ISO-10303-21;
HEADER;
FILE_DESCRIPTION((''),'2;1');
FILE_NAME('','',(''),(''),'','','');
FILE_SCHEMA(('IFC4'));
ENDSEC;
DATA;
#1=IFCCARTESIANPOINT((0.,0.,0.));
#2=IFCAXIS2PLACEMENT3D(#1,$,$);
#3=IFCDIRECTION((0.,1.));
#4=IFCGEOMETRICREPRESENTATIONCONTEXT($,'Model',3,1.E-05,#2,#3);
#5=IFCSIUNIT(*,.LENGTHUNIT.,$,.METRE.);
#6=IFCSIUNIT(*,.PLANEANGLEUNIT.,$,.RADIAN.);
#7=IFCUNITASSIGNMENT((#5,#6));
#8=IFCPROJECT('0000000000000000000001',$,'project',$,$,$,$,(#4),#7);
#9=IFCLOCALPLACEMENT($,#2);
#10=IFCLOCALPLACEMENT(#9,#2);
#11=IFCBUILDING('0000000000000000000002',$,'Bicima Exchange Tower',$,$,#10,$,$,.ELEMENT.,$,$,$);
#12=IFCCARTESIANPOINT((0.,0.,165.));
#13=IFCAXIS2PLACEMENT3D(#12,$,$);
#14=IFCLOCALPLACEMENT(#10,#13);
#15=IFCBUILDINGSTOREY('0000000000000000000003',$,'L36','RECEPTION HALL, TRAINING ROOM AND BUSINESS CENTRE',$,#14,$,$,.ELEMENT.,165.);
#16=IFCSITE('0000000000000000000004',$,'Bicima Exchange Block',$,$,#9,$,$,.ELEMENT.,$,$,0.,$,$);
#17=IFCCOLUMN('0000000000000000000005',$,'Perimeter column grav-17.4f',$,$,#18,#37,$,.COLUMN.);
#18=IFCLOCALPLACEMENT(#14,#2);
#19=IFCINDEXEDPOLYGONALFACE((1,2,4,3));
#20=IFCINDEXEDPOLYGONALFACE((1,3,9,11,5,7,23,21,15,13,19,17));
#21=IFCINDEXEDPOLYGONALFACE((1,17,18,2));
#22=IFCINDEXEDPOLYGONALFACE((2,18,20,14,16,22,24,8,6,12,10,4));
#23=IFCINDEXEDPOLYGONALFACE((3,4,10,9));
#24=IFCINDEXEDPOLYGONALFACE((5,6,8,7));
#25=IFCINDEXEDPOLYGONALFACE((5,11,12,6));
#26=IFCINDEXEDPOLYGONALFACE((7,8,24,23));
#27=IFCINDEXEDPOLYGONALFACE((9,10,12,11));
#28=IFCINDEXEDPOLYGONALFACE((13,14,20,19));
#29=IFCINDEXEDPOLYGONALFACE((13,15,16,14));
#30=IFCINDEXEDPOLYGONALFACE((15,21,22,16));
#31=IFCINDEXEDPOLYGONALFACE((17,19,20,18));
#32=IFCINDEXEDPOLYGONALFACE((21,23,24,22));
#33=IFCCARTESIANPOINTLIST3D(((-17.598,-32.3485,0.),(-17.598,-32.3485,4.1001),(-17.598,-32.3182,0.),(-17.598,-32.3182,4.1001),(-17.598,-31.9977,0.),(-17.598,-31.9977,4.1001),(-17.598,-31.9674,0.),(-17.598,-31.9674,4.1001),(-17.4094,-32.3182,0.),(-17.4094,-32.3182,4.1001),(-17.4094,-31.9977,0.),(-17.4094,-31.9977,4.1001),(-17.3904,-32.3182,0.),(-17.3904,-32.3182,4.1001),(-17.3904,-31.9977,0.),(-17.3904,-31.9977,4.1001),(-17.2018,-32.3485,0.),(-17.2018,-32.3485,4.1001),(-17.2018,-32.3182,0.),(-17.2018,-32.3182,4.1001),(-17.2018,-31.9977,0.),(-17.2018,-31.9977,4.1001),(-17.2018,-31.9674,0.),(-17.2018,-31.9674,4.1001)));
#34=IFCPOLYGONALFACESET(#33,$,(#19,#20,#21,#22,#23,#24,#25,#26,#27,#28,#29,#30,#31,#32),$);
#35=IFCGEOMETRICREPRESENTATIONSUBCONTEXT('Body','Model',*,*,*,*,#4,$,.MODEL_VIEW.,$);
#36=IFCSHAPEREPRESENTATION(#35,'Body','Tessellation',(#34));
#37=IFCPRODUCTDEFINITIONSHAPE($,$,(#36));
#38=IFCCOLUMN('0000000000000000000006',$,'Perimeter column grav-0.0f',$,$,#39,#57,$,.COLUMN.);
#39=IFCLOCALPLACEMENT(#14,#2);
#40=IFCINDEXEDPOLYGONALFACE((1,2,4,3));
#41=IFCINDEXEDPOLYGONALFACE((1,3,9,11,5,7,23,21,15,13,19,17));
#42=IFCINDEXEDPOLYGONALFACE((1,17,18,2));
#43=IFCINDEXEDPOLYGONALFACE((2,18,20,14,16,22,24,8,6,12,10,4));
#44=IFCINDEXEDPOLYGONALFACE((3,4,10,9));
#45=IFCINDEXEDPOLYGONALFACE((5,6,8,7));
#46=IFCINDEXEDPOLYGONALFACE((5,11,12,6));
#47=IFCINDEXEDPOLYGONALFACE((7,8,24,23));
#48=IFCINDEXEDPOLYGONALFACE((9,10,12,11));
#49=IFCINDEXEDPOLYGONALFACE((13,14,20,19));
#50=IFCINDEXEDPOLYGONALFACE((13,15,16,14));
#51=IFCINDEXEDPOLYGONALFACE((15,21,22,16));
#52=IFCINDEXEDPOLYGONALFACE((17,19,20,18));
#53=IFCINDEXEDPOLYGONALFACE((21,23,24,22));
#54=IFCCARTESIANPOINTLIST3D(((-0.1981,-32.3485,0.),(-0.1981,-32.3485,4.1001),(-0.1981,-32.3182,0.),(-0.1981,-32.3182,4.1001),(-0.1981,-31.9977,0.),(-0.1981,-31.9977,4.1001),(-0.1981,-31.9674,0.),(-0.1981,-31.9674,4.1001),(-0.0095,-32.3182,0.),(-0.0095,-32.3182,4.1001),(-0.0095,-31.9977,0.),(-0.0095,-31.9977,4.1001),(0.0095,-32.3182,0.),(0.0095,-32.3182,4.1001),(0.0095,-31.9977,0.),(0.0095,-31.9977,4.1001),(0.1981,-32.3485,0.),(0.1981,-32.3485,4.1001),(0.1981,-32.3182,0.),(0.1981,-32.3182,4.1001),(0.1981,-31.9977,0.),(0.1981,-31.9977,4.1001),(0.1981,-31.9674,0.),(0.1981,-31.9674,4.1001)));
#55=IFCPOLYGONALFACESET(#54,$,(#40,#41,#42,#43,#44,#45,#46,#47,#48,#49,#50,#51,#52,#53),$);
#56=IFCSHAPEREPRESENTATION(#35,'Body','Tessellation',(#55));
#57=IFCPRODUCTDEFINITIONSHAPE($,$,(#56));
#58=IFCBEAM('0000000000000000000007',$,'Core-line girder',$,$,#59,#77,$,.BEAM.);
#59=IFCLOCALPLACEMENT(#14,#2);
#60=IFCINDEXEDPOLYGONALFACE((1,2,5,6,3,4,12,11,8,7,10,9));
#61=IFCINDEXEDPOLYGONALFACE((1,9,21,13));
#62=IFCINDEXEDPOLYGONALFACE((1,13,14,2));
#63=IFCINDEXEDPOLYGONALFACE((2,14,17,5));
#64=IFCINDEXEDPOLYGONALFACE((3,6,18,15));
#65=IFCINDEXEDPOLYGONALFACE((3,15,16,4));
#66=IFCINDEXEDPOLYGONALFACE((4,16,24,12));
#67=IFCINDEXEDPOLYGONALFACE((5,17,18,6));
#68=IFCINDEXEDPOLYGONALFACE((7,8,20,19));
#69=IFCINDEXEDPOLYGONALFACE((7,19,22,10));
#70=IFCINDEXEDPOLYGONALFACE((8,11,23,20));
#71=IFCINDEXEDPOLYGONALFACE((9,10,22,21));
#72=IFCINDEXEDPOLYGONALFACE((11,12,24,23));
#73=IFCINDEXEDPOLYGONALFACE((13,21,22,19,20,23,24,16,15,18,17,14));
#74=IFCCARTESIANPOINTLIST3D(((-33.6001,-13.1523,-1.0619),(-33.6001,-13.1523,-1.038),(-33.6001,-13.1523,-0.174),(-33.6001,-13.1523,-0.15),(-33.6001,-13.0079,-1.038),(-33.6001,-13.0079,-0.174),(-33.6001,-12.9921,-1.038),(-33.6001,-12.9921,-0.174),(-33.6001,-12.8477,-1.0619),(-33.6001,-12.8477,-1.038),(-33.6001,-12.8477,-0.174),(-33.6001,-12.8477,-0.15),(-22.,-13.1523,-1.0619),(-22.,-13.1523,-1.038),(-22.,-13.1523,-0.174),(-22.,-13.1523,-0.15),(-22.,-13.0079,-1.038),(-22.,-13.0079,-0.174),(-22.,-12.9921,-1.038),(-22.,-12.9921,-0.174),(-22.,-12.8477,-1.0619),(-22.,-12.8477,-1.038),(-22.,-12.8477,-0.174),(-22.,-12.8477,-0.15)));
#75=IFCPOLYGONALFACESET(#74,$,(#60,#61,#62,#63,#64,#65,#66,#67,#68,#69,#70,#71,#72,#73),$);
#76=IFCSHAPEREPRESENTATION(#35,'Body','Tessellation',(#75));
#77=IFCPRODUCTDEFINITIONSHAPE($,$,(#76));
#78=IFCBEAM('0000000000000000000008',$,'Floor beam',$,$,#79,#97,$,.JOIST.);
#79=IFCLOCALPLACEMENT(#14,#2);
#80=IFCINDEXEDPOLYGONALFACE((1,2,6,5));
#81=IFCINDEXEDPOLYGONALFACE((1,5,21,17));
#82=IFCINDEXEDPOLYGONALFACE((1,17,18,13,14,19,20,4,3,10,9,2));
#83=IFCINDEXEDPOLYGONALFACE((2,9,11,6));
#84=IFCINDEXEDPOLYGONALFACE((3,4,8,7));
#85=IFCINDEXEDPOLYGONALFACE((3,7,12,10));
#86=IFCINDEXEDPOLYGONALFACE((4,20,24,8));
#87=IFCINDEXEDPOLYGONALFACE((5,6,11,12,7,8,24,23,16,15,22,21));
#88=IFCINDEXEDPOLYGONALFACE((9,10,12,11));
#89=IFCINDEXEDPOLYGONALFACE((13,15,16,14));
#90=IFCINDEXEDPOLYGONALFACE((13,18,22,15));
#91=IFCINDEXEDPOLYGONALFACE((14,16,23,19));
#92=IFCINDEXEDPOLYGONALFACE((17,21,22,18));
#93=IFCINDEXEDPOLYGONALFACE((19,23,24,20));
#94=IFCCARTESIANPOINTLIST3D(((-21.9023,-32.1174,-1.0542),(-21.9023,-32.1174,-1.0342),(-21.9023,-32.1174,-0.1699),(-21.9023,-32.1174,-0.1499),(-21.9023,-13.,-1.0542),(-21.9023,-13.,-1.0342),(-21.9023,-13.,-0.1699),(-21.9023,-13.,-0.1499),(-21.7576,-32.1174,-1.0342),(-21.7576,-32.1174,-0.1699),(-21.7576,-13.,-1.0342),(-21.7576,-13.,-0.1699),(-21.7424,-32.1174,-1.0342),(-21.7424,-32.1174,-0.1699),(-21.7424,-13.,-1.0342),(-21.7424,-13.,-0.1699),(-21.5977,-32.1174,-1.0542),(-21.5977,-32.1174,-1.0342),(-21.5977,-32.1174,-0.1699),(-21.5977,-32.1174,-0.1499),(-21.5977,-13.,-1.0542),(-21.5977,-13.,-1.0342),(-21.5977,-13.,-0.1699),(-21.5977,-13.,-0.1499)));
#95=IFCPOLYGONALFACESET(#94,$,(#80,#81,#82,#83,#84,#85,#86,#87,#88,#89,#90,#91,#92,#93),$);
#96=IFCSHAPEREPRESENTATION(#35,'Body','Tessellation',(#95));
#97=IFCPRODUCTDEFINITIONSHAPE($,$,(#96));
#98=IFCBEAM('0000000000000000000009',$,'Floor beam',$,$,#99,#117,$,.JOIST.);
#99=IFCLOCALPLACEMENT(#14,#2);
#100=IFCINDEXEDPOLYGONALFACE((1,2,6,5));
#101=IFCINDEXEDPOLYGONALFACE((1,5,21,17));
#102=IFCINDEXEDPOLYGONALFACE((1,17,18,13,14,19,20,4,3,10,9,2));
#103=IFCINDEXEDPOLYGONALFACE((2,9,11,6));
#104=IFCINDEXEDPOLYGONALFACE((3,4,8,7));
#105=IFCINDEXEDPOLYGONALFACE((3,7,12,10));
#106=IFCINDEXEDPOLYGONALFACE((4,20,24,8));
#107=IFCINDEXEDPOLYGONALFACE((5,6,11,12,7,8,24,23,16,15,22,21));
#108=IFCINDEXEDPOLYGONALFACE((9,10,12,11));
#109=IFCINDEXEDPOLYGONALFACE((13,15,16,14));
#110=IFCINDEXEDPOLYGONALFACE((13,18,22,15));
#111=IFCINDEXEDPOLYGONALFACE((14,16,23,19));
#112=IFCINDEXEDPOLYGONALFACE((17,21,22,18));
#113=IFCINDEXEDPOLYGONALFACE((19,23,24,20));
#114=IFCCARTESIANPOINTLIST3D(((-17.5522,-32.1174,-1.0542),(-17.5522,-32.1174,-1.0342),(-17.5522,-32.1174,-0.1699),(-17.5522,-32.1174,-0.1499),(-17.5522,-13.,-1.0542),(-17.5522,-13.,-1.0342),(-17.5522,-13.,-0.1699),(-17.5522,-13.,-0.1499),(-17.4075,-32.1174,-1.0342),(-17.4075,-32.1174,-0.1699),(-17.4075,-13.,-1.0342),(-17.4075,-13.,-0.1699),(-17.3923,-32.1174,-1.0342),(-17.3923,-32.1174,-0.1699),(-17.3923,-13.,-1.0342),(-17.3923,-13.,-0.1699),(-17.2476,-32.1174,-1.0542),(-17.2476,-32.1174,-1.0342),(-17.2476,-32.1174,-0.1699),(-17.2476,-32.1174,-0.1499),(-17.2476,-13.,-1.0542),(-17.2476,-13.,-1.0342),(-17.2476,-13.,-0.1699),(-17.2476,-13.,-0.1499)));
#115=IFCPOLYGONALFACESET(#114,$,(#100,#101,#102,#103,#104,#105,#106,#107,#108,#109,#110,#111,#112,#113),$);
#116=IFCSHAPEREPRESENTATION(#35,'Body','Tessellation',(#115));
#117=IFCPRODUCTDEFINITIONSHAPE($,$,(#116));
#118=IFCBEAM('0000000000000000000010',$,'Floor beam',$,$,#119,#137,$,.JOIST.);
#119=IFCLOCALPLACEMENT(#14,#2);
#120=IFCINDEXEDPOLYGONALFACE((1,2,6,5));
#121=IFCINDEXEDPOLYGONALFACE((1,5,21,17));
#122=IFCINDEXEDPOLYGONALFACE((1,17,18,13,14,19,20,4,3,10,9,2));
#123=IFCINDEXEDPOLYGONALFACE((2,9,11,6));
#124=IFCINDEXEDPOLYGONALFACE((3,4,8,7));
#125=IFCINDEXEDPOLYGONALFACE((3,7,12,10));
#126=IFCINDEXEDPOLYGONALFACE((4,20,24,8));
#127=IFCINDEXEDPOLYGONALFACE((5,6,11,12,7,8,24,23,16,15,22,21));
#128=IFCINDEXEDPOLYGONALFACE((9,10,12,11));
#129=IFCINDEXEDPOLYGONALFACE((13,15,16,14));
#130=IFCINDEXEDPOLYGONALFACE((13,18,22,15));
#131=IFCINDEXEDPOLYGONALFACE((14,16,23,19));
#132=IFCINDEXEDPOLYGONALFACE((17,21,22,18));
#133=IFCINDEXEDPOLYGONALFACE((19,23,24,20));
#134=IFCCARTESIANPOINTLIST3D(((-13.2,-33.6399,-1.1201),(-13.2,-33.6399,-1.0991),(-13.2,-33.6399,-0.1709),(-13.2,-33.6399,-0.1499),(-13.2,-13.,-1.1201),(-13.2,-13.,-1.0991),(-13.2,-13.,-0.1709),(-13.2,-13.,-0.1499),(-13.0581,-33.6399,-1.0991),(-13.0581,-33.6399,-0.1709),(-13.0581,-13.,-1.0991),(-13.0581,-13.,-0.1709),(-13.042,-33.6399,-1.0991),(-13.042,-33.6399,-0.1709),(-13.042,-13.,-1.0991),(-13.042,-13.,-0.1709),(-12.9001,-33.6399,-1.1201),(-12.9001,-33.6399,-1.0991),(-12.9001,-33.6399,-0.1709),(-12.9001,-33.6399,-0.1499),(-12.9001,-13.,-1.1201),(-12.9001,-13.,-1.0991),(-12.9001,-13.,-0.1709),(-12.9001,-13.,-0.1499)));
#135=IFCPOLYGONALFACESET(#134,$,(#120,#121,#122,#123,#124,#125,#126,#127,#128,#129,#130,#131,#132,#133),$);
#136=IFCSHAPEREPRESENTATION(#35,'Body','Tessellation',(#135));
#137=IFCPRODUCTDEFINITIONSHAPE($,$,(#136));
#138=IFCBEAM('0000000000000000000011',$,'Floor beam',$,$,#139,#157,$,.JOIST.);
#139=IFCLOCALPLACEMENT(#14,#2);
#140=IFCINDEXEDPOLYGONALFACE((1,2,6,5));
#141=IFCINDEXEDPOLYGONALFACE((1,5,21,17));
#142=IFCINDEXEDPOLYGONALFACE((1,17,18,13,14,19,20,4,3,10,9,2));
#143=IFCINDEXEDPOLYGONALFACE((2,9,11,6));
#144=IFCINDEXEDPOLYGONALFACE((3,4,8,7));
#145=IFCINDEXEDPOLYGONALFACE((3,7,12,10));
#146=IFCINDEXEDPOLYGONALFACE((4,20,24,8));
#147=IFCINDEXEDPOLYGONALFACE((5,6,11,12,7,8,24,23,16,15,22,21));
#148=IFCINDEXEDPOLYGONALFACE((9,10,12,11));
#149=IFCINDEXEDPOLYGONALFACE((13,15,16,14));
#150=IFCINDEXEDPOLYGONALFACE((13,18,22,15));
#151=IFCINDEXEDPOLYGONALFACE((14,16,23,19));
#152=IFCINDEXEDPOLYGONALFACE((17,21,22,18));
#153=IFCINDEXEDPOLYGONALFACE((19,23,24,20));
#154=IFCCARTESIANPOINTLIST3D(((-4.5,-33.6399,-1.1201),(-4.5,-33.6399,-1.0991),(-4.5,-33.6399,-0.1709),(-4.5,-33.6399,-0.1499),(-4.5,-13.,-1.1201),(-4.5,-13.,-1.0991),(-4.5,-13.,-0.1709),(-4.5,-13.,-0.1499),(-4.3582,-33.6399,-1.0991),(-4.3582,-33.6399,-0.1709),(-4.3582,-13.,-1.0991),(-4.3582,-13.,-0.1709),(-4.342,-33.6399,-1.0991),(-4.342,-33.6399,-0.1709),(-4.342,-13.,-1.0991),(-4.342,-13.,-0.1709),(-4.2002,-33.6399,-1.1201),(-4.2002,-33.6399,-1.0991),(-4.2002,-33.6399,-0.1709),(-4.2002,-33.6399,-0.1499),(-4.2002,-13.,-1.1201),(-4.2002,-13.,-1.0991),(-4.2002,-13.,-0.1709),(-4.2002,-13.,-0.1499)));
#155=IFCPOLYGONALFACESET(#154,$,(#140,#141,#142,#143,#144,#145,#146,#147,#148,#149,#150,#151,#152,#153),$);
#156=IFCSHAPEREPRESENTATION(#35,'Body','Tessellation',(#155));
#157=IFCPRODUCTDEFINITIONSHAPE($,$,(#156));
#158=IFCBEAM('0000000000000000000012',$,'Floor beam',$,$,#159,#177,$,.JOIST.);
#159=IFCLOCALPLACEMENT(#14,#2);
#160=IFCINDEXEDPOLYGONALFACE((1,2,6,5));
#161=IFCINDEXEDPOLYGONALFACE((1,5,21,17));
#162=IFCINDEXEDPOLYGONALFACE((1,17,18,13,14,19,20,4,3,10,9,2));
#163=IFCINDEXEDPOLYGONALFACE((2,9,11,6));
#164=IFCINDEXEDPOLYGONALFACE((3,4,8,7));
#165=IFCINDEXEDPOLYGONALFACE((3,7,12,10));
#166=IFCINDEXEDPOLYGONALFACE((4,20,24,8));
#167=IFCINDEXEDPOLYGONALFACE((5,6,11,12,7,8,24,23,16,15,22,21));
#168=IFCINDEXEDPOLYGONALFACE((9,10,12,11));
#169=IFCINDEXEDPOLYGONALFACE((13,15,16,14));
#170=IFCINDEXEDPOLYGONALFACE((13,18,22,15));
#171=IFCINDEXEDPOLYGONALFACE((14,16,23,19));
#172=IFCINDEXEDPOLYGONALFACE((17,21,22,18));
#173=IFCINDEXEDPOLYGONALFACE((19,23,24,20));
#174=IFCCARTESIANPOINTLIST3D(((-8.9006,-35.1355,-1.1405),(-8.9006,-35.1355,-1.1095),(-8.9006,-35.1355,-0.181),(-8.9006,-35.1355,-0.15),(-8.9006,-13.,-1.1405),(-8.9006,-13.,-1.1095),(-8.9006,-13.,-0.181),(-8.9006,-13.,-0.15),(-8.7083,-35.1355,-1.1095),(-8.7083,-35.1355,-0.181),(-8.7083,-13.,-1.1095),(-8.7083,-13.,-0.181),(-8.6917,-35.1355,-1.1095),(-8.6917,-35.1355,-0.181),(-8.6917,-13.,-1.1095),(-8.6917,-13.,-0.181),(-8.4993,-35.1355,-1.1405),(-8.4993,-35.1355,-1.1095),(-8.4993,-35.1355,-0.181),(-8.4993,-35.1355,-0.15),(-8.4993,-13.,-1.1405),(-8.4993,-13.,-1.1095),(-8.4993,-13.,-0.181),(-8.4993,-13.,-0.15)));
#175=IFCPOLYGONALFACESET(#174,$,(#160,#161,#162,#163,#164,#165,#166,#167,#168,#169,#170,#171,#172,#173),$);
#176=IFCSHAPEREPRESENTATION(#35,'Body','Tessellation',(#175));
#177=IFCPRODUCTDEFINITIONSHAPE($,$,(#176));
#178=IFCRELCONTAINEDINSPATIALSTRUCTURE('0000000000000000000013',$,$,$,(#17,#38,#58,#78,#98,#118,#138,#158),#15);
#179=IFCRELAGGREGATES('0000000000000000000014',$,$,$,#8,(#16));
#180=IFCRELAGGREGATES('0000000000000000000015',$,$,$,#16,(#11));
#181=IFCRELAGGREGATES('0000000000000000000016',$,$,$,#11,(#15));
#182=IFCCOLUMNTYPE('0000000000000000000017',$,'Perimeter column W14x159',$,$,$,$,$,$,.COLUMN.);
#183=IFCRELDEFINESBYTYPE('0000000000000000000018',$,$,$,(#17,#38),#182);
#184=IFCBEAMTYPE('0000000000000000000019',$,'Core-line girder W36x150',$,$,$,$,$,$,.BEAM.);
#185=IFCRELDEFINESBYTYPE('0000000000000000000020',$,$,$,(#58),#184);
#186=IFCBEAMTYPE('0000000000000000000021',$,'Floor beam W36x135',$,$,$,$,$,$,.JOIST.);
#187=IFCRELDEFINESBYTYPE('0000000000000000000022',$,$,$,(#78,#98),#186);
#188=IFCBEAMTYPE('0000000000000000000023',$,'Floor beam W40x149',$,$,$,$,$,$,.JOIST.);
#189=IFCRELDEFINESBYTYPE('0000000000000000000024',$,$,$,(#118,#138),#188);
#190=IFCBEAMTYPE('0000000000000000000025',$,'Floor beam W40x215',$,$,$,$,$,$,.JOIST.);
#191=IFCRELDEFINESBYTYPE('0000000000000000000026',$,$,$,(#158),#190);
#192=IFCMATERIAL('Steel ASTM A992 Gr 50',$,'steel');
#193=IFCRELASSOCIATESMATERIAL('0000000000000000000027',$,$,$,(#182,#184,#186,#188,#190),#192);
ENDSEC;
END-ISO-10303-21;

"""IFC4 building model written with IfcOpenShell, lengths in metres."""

from ifc_helpers import new_model, si_unit, direction, frame, origin, origin_2d, place, context, subcontext, project, spatial, i_section, extrude, material, material_profile, profile_set, type_object, element, save


model = new_model("IFC4")

# Units and contexts
model_context = context("Model", 3, precision=1e-05, world=origin(), true_north=direction((0.0, 1.0)))
body_context = subcontext(model_context, "Body", "Model", "MODEL_VIEW")
ifc_project = project(units=[si_unit("LENGTHUNIT", "METRE"), si_unit("PLANEANGLEUNIT", "RADIAN")], contexts=[model_context])

# Site, building, storey
site_placement = place(None, origin())
site = spatial("IfcSite", under=ifc_project, at=site_placement, Name="Bicima Exchange Block", CompositionType="ELEMENT", RefElevation=0.0)
building_placement = place(site_placement, origin())
building = spatial("IfcBuilding", under=site, at=building_placement, Name="Bicima Exchange Tower", CompositionType="ELEMENT")
storey_placement = place(building_placement, frame((0.0, 0.0, 165.0)))
storey = spatial("IfcBuildingStorey", under=building, at=storey_placement, Name="L36", Description="RECEPTION HALL, TRAINING ROOM AND BUSINESS CENTRE", CompositionType="ELEMENT", Elevation=165.0)

# Columns
ifc_material_1 = material(Name="Steel ASTM A992 Gr 50", Category="steel")
ifc_material_profile_1 = material_profile(ifc_material_1, i_section(OverallWidth=0.3962, OverallDepth=0.3811, WebThickness=0.019, FlangeThickness=0.0303, at=origin_2d()))
ifc_profile_set_1 = profile_set([ifc_material_profile_1], Name="Steel ASTM A992 Gr 50")
column_type = type_object("IfcColumnType", Name="Perimeter column W14x159", PredefinedType="COLUMN", material=ifc_profile_set_1)
for number, where, z_axis, x_axis, name in (
    (1, (-17.3999, -32.158, 0.0), (0.0, 0.0, 1.0), (1.0, 0.0, 0.0), "Perimeter column grav-17.4f"),
    (2, (0.0, -32.158, 0.0), (0.0, 0.0, 1.0), (1.0, 0.0, 0.0), "Perimeter column grav-0.0f"),
):
    element("IfcColumn", number, at=place(storey_placement, frame(where, z_axis=z_axis, x_axis=x_axis)), inside=storey, type_object=column_type, Name=name, PredefinedType="COLUMN", context=body_context, shape_type="SweptSolid", body=[
        extrude(i_section(OverallWidth=0.3962, OverallDepth=0.3811, WebThickness=0.019, FlangeThickness=0.0303, at=origin_2d()), origin(), (0.0, 0.0, 1.0), 4.1001),
    ])

# Beams
ifc_material_profile_2 = material_profile(ifc_material_1, i_section(OverallWidth=0.3047, OverallDepth=0.9119, WebThickness=0.0159, FlangeThickness=0.0239, at=origin_2d()))
ifc_profile_set_2 = profile_set([ifc_material_profile_2], Name="Steel ASTM A992 Gr 50")
beam_type_1 = type_object("IfcBeamType", Name="Core-line girder W36x150", PredefinedType="BEAM", material=ifc_profile_set_2)
beam_1_placement = place(storey_placement, frame((-22.0, -13.0, -0.606), z_axis=(-1.0, 0.0, 0.0), x_axis=(0.0, -1.0, 0.0)))
element("IfcBeam", 3, at=beam_1_placement, inside=storey, type_object=beam_type_1, Name="Core-line girder", PredefinedType="BEAM", context=body_context, shape_type="SweptSolid", body=[
    extrude(i_section(OverallWidth=0.3047, OverallDepth=0.9119, WebThickness=0.0159, FlangeThickness=0.0239, at=origin_2d()), origin(), (0.0, 0.0, 1.0), 11.6001),
])
ifc_material_profile_3 = material_profile(ifc_material_1, i_section(OverallWidth=0.3047, OverallDepth=0.9043, WebThickness=0.0151, FlangeThickness=0.02, at=origin_2d()))
ifc_profile_set_3 = profile_set([ifc_material_profile_3], Name="Steel ASTM A992 Gr 50")
beam_type_2 = type_object("IfcBeamType", Name="Floor beam W36x135", PredefinedType="JOIST", material=ifc_profile_set_3)
for number, where, z_axis, x_axis, name in (
    (4, (-21.75, -13.0, -0.6021), (0.0, -1.0, 0.0), (1.0, 0.0, 0.0), "Floor beam"),
    (5, (-17.3999, -13.0, -0.6021), (0.0, -1.0, 0.0), (1.0, 0.0, 0.0), "Floor beam"),
):
    element("IfcBeam", number, at=place(storey_placement, frame(where, z_axis=z_axis, x_axis=x_axis)), inside=storey, type_object=beam_type_2, Name=name, PredefinedType="JOIST", context=body_context, shape_type="SweptSolid", body=[
        extrude(i_section(OverallWidth=0.3047, OverallDepth=0.9043, WebThickness=0.0151, FlangeThickness=0.02, at=origin_2d()), origin(), (0.0, 0.0, 1.0), 19.1174),
    ])
ifc_material_profile_4 = material_profile(ifc_material_1, i_section(OverallWidth=0.2998, OverallDepth=0.9702, WebThickness=0.0161, FlangeThickness=0.021, at=origin_2d()))
ifc_profile_set_4 = profile_set([ifc_material_profile_4], Name="Steel ASTM A992 Gr 50")
beam_type_3 = type_object("IfcBeamType", Name="Floor beam W40x149", PredefinedType="JOIST", material=ifc_profile_set_4)
for number, where, z_axis, x_axis, name in (
    (6, (-13.05, -13.0, -0.635), (0.0, -1.0, 0.0), (1.0, 0.0, 0.0), "Floor beam"),
    (7, (-4.3501, -13.0, -0.635), (0.0, -1.0, 0.0), (1.0, 0.0, 0.0), "Floor beam"),
):
    element("IfcBeam", number, at=place(storey_placement, frame(where, z_axis=z_axis, x_axis=x_axis)), inside=storey, type_object=beam_type_3, Name=name, PredefinedType="JOIST", context=body_context, shape_type="SweptSolid", body=[
        extrude(i_section(OverallWidth=0.2998, OverallDepth=0.9702, WebThickness=0.0161, FlangeThickness=0.021, at=origin_2d()), origin(), (0.0, 0.0, 1.0), 20.6399),
    ])
ifc_material_profile_5 = material_profile(ifc_material_1, i_section(OverallWidth=0.4014, OverallDepth=0.9905, WebThickness=0.0166, FlangeThickness=0.031, at=origin_2d()))
ifc_profile_set_5 = profile_set([ifc_material_profile_5], Name="Steel ASTM A992 Gr 50")
beam_type_4 = type_object("IfcBeamType", Name="Floor beam W40x215", PredefinedType="JOIST", material=ifc_profile_set_5)
beam_2_placement = place(storey_placement, frame((-8.7, -13.0, -0.6453), z_axis=(0.0, -1.0, 0.0), x_axis=(1.0, 0.0, 0.0)))
element("IfcBeam", 8, at=beam_2_placement, inside=storey, type_object=beam_type_4, Name="Floor beam", PredefinedType="JOIST", context=body_context, shape_type="SweptSolid", body=[
    extrude(i_section(OverallWidth=0.4014, OverallDepth=0.9905, WebThickness=0.0166, FlangeThickness=0.031, at=origin_2d()), origin(), (0.0, 0.0, 1.0), 22.1355),
])

save(model, "model.ifc")
